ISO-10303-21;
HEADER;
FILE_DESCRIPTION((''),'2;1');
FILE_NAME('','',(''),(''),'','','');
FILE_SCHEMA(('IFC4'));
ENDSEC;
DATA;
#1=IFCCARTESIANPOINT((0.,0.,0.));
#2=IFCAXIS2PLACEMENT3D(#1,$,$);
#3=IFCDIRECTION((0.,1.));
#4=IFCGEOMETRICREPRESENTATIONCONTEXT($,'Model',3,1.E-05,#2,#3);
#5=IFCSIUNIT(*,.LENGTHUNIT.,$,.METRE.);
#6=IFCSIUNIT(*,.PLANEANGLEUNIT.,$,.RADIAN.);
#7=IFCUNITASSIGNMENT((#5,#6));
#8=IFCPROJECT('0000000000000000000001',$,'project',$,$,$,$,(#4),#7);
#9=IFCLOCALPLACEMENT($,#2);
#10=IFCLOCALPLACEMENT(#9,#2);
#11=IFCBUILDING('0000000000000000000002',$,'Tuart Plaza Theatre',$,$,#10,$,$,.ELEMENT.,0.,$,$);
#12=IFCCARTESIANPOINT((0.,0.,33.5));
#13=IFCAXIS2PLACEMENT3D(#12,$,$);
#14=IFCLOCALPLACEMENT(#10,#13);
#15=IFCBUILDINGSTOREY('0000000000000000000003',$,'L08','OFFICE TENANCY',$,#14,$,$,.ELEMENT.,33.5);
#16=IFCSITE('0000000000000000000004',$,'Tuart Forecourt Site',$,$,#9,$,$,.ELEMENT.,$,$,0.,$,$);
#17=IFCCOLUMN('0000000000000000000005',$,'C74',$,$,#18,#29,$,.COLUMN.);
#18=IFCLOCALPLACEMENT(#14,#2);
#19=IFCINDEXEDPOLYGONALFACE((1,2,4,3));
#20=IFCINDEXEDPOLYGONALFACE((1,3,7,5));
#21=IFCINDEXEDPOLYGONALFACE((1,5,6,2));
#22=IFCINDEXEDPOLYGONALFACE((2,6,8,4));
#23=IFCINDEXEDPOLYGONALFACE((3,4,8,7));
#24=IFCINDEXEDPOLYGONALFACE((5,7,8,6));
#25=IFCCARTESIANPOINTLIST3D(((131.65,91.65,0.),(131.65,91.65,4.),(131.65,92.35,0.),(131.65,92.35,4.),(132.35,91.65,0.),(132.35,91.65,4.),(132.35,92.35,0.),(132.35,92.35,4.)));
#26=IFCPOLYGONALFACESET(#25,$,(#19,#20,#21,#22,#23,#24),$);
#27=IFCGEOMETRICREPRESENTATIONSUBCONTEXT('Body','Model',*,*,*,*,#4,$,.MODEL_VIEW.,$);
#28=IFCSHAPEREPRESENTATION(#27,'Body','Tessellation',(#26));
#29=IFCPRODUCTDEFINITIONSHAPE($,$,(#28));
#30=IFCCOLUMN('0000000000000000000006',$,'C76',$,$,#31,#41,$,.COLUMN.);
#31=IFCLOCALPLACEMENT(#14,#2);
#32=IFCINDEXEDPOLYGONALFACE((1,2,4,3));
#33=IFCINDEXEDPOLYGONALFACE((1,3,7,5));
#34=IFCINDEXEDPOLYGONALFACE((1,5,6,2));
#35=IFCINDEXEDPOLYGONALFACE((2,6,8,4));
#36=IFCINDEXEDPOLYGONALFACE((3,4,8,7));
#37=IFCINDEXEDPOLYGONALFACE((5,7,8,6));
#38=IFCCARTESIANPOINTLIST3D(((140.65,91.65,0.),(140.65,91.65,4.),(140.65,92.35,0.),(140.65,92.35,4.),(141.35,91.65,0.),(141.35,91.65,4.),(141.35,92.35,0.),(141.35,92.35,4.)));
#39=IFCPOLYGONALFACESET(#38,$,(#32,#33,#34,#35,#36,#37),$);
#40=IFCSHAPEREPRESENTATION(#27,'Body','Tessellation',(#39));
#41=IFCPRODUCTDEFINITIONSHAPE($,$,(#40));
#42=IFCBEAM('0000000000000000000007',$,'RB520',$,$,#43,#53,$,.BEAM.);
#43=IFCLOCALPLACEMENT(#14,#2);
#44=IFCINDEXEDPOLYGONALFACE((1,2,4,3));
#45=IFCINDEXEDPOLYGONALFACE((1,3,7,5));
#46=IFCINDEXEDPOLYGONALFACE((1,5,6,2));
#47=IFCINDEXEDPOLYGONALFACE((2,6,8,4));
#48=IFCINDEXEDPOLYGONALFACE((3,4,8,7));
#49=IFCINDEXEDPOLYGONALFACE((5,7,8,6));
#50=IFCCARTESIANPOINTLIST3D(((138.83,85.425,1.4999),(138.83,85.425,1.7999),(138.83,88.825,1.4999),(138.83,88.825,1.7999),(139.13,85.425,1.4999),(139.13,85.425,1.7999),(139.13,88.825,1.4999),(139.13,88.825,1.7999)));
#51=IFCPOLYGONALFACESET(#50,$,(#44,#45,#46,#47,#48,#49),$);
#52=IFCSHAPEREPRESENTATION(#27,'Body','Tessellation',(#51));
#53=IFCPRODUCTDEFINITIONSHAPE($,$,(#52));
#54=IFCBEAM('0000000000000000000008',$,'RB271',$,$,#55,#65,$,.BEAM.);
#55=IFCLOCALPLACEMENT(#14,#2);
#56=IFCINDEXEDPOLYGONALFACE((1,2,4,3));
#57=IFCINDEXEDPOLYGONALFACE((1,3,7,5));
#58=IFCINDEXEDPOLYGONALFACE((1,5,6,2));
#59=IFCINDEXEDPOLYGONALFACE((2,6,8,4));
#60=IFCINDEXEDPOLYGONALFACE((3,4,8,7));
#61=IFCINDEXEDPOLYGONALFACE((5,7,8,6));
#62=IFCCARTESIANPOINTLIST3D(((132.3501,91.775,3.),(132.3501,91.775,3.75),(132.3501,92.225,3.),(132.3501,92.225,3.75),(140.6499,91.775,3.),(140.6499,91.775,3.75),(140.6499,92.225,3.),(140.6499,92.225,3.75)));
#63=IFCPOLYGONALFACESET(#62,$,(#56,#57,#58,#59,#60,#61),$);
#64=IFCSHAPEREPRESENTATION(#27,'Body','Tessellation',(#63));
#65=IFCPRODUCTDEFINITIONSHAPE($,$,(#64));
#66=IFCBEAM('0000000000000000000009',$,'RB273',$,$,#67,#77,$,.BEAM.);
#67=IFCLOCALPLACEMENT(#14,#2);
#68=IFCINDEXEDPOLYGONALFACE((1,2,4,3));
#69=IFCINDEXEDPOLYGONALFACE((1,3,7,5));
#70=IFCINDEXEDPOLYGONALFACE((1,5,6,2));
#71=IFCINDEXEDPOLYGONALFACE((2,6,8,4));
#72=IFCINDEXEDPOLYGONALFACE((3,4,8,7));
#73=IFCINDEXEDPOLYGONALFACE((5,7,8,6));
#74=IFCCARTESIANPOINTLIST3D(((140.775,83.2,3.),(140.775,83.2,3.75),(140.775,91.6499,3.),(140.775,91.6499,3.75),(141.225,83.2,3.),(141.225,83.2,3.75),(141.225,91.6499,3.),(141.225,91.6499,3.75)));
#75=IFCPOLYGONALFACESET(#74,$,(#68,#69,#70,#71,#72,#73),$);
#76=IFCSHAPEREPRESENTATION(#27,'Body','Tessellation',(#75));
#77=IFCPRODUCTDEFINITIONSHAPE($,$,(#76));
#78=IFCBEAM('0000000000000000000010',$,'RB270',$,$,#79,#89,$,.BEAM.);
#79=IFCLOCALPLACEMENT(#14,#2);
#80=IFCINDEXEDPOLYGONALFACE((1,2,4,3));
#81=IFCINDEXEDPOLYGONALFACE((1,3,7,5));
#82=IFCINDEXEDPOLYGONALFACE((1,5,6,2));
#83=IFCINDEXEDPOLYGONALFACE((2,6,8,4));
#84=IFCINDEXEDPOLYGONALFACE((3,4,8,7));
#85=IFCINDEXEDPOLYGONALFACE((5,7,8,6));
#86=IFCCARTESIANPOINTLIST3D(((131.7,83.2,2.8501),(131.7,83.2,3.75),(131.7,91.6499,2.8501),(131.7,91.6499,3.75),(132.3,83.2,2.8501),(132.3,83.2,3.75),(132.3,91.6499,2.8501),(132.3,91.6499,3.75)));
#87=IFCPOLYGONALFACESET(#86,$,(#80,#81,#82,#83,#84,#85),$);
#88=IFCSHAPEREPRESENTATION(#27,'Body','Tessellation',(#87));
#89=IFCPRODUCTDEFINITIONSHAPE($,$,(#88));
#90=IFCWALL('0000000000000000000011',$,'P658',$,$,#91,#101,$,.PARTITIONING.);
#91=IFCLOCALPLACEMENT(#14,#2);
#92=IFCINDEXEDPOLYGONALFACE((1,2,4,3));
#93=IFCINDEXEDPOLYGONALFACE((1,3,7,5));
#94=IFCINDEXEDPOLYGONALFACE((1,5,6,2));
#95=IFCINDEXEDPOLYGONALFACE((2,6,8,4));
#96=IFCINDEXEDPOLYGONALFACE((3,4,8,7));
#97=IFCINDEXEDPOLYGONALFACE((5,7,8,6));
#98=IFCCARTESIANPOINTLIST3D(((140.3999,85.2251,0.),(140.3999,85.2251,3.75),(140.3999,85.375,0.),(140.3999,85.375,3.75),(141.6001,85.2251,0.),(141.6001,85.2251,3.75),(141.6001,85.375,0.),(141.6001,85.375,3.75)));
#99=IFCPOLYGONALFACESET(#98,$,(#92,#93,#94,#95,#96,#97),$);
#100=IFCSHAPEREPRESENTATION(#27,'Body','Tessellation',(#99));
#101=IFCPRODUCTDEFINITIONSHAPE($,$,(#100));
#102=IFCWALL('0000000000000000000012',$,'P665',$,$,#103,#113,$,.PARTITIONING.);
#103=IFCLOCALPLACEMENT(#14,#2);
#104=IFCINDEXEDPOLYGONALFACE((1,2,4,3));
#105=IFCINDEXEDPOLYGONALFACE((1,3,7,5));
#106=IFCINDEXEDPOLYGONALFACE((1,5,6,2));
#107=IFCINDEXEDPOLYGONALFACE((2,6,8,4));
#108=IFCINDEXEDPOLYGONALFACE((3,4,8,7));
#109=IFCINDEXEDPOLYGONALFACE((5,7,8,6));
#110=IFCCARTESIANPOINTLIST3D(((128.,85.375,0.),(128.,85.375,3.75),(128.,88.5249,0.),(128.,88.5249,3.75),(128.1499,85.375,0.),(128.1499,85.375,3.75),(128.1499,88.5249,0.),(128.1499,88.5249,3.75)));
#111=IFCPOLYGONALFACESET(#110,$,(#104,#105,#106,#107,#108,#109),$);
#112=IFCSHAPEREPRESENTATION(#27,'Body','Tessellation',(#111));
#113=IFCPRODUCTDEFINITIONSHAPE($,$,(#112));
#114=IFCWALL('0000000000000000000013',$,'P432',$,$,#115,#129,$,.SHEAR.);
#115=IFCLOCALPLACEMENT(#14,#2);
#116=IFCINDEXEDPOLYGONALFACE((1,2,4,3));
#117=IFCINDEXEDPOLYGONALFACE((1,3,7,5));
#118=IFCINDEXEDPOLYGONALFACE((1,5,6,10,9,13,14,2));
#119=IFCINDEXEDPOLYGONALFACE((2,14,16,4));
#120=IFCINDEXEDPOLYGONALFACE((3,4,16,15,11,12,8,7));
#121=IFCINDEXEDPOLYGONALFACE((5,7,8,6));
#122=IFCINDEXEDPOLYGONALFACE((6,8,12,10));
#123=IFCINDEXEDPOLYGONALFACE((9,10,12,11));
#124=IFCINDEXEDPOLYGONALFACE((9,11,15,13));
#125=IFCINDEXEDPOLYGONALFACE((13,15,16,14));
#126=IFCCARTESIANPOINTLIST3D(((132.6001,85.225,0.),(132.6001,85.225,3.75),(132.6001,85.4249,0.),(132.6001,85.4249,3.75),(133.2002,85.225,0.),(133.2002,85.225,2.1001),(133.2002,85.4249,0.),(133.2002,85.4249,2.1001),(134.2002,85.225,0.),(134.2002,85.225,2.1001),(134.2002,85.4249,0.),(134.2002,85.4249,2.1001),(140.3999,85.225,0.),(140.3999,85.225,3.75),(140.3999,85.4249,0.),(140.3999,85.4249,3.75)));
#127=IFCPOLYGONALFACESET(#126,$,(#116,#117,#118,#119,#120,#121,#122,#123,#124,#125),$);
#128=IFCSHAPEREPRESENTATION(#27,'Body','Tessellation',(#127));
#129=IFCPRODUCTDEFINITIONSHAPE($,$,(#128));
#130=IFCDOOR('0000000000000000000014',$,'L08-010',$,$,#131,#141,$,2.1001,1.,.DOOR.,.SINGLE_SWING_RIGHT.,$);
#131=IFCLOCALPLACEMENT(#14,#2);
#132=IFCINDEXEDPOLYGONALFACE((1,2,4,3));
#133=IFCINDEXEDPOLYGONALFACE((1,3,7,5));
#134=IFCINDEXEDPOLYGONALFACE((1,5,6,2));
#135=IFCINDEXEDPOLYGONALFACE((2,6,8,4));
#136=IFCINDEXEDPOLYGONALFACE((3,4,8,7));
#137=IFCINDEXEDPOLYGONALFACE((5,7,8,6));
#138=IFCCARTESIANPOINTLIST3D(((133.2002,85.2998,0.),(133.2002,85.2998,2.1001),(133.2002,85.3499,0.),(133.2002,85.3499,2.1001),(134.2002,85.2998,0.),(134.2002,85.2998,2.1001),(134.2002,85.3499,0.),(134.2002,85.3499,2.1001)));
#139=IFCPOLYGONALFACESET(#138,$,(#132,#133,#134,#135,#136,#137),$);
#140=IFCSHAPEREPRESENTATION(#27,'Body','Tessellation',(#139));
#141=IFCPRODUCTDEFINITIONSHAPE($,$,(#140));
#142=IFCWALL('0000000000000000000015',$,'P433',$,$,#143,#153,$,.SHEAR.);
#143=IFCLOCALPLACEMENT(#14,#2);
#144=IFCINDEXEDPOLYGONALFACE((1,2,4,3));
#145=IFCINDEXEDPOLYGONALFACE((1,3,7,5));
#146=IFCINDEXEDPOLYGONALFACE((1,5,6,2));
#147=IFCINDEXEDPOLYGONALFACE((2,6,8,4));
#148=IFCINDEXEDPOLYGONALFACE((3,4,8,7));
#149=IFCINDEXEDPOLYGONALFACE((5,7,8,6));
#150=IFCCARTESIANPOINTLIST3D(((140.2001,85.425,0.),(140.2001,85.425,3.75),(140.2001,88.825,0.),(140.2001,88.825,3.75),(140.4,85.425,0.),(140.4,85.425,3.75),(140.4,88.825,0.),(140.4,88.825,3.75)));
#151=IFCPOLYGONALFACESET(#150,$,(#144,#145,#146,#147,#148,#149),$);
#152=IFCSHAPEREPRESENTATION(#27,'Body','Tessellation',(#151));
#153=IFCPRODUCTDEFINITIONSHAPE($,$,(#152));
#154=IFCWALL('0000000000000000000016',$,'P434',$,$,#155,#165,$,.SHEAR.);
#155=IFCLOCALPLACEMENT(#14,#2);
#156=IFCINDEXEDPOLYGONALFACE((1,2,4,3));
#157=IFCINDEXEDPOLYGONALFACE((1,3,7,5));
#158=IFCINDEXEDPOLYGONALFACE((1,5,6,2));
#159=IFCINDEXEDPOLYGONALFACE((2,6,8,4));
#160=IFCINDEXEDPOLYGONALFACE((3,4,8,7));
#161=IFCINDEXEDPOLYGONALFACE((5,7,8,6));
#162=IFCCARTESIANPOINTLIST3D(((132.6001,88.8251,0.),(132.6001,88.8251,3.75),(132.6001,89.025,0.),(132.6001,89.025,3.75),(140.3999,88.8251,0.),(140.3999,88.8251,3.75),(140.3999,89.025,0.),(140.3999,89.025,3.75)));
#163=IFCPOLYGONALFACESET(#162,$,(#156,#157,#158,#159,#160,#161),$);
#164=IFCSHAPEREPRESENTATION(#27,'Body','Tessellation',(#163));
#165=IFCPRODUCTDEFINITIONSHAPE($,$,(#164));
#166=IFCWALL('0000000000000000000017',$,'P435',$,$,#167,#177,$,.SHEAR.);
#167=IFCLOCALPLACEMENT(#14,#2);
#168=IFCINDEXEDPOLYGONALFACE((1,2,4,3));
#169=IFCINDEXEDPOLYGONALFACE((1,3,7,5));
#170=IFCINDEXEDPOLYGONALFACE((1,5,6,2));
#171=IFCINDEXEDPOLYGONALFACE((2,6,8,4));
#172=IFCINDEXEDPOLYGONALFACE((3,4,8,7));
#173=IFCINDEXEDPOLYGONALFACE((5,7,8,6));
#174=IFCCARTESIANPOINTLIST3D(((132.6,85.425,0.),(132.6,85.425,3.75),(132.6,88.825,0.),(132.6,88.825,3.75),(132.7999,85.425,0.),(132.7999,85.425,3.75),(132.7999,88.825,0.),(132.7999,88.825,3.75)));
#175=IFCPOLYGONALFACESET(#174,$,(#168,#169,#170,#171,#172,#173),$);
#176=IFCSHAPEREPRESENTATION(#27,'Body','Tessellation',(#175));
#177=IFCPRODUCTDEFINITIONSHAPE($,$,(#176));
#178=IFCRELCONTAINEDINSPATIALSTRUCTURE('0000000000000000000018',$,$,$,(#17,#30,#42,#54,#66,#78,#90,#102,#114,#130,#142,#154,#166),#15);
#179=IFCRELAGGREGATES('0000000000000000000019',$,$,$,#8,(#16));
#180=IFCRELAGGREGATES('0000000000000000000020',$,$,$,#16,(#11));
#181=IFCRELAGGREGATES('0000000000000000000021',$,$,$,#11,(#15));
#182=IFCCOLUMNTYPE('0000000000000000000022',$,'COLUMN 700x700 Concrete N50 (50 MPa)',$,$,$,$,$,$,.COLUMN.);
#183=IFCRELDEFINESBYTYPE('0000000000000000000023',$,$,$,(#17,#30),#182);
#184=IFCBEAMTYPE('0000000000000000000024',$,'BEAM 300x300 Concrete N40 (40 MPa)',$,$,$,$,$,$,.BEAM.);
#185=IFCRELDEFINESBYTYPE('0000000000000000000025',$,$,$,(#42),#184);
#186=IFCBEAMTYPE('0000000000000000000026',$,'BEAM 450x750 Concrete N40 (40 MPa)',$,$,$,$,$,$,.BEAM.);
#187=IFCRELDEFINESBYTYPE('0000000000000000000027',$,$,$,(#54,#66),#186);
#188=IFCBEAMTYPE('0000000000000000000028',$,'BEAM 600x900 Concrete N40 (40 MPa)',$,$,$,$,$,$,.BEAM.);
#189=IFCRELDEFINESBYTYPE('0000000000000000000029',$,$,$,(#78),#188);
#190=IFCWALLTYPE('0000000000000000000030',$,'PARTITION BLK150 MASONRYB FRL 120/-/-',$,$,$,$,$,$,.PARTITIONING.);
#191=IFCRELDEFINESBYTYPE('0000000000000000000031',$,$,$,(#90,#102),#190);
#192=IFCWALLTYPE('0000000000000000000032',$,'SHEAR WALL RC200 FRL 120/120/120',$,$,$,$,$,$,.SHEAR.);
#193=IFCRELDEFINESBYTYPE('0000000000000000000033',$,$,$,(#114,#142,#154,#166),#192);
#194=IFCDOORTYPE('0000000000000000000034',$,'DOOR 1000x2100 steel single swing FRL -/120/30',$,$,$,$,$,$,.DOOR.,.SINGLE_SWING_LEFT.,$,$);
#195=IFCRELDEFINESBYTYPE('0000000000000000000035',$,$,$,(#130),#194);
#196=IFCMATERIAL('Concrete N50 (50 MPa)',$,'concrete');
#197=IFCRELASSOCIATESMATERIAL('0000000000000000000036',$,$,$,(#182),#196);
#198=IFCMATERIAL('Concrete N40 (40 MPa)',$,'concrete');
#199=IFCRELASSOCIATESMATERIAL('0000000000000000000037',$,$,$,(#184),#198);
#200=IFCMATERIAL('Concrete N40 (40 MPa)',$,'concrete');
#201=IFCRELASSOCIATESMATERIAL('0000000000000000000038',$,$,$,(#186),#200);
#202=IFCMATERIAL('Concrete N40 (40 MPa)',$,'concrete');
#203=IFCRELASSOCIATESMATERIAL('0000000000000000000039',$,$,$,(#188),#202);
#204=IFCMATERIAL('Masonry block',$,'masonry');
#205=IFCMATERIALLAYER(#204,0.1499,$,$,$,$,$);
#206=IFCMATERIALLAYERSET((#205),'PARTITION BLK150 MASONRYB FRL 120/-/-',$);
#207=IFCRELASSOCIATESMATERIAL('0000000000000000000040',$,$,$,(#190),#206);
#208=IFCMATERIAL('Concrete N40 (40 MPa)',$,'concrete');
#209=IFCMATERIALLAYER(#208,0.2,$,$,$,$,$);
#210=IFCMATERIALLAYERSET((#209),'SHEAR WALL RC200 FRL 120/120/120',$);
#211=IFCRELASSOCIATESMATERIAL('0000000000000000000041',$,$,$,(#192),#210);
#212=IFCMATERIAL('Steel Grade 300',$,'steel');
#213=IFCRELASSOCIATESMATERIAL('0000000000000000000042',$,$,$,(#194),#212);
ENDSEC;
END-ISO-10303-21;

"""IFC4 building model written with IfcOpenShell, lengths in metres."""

from ifc_helpers import new_model, si_unit, direction, frame, frame_2d, origin, origin_2d, place, context, subcontext, project, spatial, rectangle, extrude, material, layer, layer_set, material_profile, profile_set, type_object, element, fill, save


model = new_model("IFC4")

# Units and contexts
model_context = context("Model", 3, precision=1e-05, world=origin(), true_north=direction((0.0, 1.0)))
body_context = subcontext(model_context, "Body", "Model", "MODEL_VIEW")
ifc_project = project(units=[si_unit("LENGTHUNIT", "METRE"), si_unit("PLANEANGLEUNIT", "RADIAN")], contexts=[model_context])

# Site, building, storey
site_placement = place(None, origin())
site = spatial("IfcSite", under=ifc_project, at=site_placement, Name="Tuart Forecourt Site", CompositionType="ELEMENT", RefElevation=0.0)
building_placement = place(site_placement, origin())
building = spatial("IfcBuilding", under=site, at=building_placement, Name="Tuart Plaza Theatre", CompositionType="ELEMENT", ElevationOfRefHeight=0.0)
storey_placement = place(building_placement, frame((0.0, 0.0, 33.5)))
storey = spatial("IfcBuildingStorey", under=building, at=storey_placement, Name="L08", Description="OFFICE TENANCY", CompositionType="ELEMENT", Elevation=33.5)

# Columns
ifc_material_1 = material(Name="Concrete N50 (50 MPa)", Category="concrete")
ifc_material_profile_1 = material_profile(ifc_material_1, rectangle(XDim=0.7, YDim=0.7, at=origin_2d()), Name="COLUMN 700x700 Concrete N50 (50 MPa)")
ifc_profile_set_1 = profile_set([ifc_material_profile_1], Name="Concrete N50 (50 MPa)")
column_type = type_object("IfcColumnType", Name="COLUMN 700x700 Concrete N50 (50 MPa)", PredefinedType="COLUMN", material=ifc_profile_set_1)
for number, where, z_axis, x_axis, name in (
    (1, (132.0, 92.0, 0.0), (0.0, 0.0, 1.0), (1.0, 0.0, 0.0), "C74"),
    (2, (141.0, 92.0, 0.0), (0.0, 0.0, 1.0), (1.0, 0.0, 0.0), "C76"),
):
    element("IfcColumn", number, at=place(storey_placement, frame(where, z_axis=z_axis, x_axis=x_axis)), inside=storey, type_object=column_type, Name=name, PredefinedType="COLUMN", context=body_context, shape_type="SweptSolid", body=[
        extrude(rectangle(XDim=0.7, YDim=0.7, at=origin_2d()), origin(), (0.0, 0.0, 1.0), 4.0),
    ])

# Beams
ifc_material_2 = material(Name="Concrete N40 (40 MPa)", Category="concrete")
ifc_material_profile_2 = material_profile(ifc_material_2, rectangle(XDim=0.3, YDim=0.3, at=origin_2d()), Name="BEAM 300x300 Concrete N40 (40 MPa)")
ifc_profile_set_2 = profile_set([ifc_material_profile_2], Name="Concrete N40 (40 MPa)")
beam_type_1 = type_object("IfcBeamType", Name="BEAM 300x300 Concrete N40 (40 MPa)", PredefinedType="BEAM", material=ifc_profile_set_2)
beam_1_placement = place(storey_placement, frame((138.98, 85.425, 1.6499), z_axis=(0.0, 1.0, 0.0), x_axis=(-1.0, 0.0, 0.0)))
element("IfcBeam", 3, at=beam_1_placement, inside=storey, type_object=beam_type_1, Name="RB520", PredefinedType="BEAM", context=body_context, shape_type="SweptSolid", body=[
    extrude(rectangle(XDim=0.3, YDim=0.3, at=origin_2d()), origin(), (0.0, 0.0, 1.0), 3.3999),
])
ifc_material_3 = material(Name="Concrete N40 (40 MPa)", Category="concrete")
ifc_material_profile_3 = material_profile(ifc_material_3, rectangle(XDim=0.45, YDim=0.75, at=origin_2d()), Name="BEAM 450x750 Concrete N40 (40 MPa)")
ifc_profile_set_3 = profile_set([ifc_material_profile_3], Name="Concrete N40 (40 MPa)")
beam_type_2 = type_object("IfcBeamType", Name="BEAM 450x750 Concrete N40 (40 MPa)", PredefinedType="BEAM", material=ifc_profile_set_3)
beam_2_placement = place(storey_placement, frame((132.3501, 92.0, 3.375), z_axis=(1.0, 0.0, 0.0), x_axis=(0.0, 1.0, 0.0)))
element("IfcBeam", 4, at=beam_2_placement, inside=storey, type_object=beam_type_2, Name="RB271", PredefinedType="BEAM", context=body_context, shape_type="SweptSolid", body=[
    extrude(rectangle(XDim=0.45, YDim=0.75, at=origin_2d()), origin(), (0.0, 0.0, 1.0), 8.2998),
])
beam_3_placement = place(storey_placement, frame((141.0, 83.2, 3.375), z_axis=(0.0, 1.0, 0.0), x_axis=(-1.0, 0.0, 0.0)))
element("IfcBeam", 5, at=beam_3_placement, inside=storey, type_object=beam_type_2, Name="RB273", PredefinedType="BEAM", context=body_context, shape_type="SweptSolid", body=[
    extrude(rectangle(XDim=0.45, YDim=0.75, at=origin_2d()), origin(), (0.0, 0.0, 1.0), 8.45),
])
ifc_material_4 = material(Name="Concrete N40 (40 MPa)", Category="concrete")
ifc_material_profile_4 = material_profile(ifc_material_4, rectangle(XDim=0.6001, YDim=0.8999, at=origin_2d()), Name="BEAM 600x900 Concrete N40 (40 MPa)")
ifc_profile_set_4 = profile_set([ifc_material_profile_4], Name="Concrete N40 (40 MPa)")
beam_type_3 = type_object("IfcBeamType", Name="BEAM 600x900 Concrete N40 (40 MPa)", PredefinedType="BEAM", material=ifc_profile_set_4)
beam_4_placement = place(storey_placement, frame((132.0, 83.2, 3.3), z_axis=(0.0, 1.0, 0.0), x_axis=(-1.0, 0.0, 0.0)))
element("IfcBeam", 6, at=beam_4_placement, inside=storey, type_object=beam_type_3, Name="RB270", PredefinedType="BEAM", context=body_context, shape_type="SweptSolid", body=[
    extrude(rectangle(XDim=0.6001, YDim=0.8999, at=origin_2d()), origin(), (0.0, 0.0, 1.0), 8.45),
])

# Walls
ifc_material_5 = material(Name="Masonry block", Category="masonry")
ifc_layer_1 = layer(ifc_material_5, 0.1499)
ifc_layer_set_1 = layer_set([ifc_layer_1], Name="PARTITION BLK150 MASONRYB FRL 120/-/-")
wall_type_1 = type_object("IfcWallType", Name="PARTITION BLK150 MASONRYB FRL 120/-/-", PredefinedType="PARTITIONING", material=ifc_layer_set_1)
wall_1_placement = place(storey_placement, frame((140.3999, 85.3, 0.0), z_axis=(0.0, 0.0, 1.0), x_axis=(1.0, 0.0, 0.0)))
element("IfcWall", 7, at=wall_1_placement, inside=storey, type_object=wall_type_1, Name="P658", PredefinedType="PARTITIONING", context=body_context, shape_type="SweptSolid", body=[
    extrude(rectangle(XDim=1.2002, YDim=0.1499, at=frame_2d((0.6001, 0.0))), origin(), (0.0, 0.0, 1.0), 3.75),
])
wall_2_placement = place(storey_placement, frame((128.075, 85.375, 0.0), z_axis=(0.0, 0.0, 1.0), x_axis=(0.0, 1.0, 0.0)))
element("IfcWall", 8, at=wall_2_placement, inside=storey, type_object=wall_type_1, Name="P665", PredefinedType="PARTITIONING", context=body_context, shape_type="SweptSolid", body=[
    extrude(rectangle(XDim=3.1499, YDim=0.1499, at=frame_2d((1.575, 0.0))), origin(), (0.0, 0.0, 1.0), 3.75),
])

# Wall, opening, door
ifc_material_6 = material(Name="Concrete N40 (40 MPa)", Category="concrete")
ifc_layer_2 = layer(ifc_material_6, 0.2)
ifc_layer_set_2 = layer_set([ifc_layer_2], Name="SHEAR WALL RC200 FRL 120/120/120")
wall_type_2 = type_object("IfcWallType", Name="SHEAR WALL RC200 FRL 120/120/120", PredefinedType="SHEAR", material=ifc_layer_set_2)
wall_3_placement = place(storey_placement, frame((132.6001, 85.325, 0.0), z_axis=(0.0, 0.0, 1.0), x_axis=(1.0, 0.0, 0.0)))
wall_3 = element("IfcWall", 9, at=wall_3_placement, inside=storey, type_object=wall_type_2, Name="P432", PredefinedType="SHEAR", context=body_context, shape_type="SweptSolid", body=[
    extrude(rectangle(XDim=7.7998, YDim=0.2, at=frame_2d((3.8999, 0.0))), origin(), (0.0, 0.0, 1.0), 3.75),
])
opening_placement = place(wall_3_placement, frame((0.6001, 0.0, 0.0)))
opening = element("IfcOpeningElement", 10, at=opening_placement, cuts=wall_3, PredefinedType="OPENING", context=body_context, shape_type="SweptSolid", body=[
    extrude(rectangle(XDim=1.0, YDim=2.1001, at=frame_2d((0.5, 1.05))), frame((0.0, 0.1099, 0.0), z_axis=(0.0, -1.0, 0.0), x_axis=(1.0, 0.0, 0.0)), (0.0, 0.0, 1.0), 0.22),
])
ifc_material_7 = material(Name="Steel Grade 300", Category="steel")
door_type = type_object("IfcDoorType", Name="DOOR 1000x2100 steel single swing FRL -/120/30", OperationType="SINGLE_SWING_LEFT", PredefinedType="DOOR", material=ifc_material_7)
door_placement = place(opening_placement, origin())
door = element("IfcDoor", 11, at=door_placement, inside=storey, type_object=door_type, Name="L08-010", OperationType="SINGLE_SWING_RIGHT", OverallHeight=2.1001, OverallWidth=1.0, PredefinedType="DOOR", context=body_context, shape_type="SweptSolid", body=[
    extrude(rectangle(XDim=1.0, YDim=2.1001, at=frame_2d((0.5, 1.05))), frame((0.0, 0.0249, 0.0), z_axis=(0.0, -1.0, 0.0), x_axis=(1.0, 0.0, 0.0)), (0.0, 0.0, 1.0), 0.05),
])
fill(opening, door)

# Walls
wall_4_placement = place(storey_placement, frame((140.3, 85.425, 0.0), z_axis=(0.0, 0.0, 1.0), x_axis=(0.0, 1.0, 0.0)))
element("IfcWall", 12, at=wall_4_placement, inside=storey, type_object=wall_type_2, Name="P433", PredefinedType="SHEAR", context=body_context, shape_type="SweptSolid", body=[
    extrude(rectangle(XDim=3.3999, YDim=0.2, at=frame_2d((1.7, 0.0))), origin(), (0.0, 0.0, 1.0), 3.75),
])
wall_5_placement = place(storey_placement, frame((140.3999, 88.925, 0.0), z_axis=(0.0, 0.0, 1.0), x_axis=(-1.0, 0.0, 0.0)))
element("IfcWall", 13, at=wall_5_placement, inside=storey, type_object=wall_type_2, Name="P434", PredefinedType="SHEAR", context=body_context, shape_type="SweptSolid", body=[
    extrude(rectangle(XDim=7.7998, YDim=0.2, at=frame_2d((3.8999, 0.0))), origin(), (0.0, 0.0, 1.0), 3.75),
])
wall_6_placement = place(storey_placement, frame((132.7, 88.825, 0.0), z_axis=(0.0, 0.0, 1.0), x_axis=(0.0, -1.0, 0.0)))
element("IfcWall", 14, at=wall_6_placement, inside=storey, type_object=wall_type_2, Name="P435", PredefinedType="SHEAR", context=body_context, shape_type="SweptSolid", body=[
    extrude(rectangle(XDim=3.3999, YDim=0.2, at=frame_2d((1.7, 0.0))), origin(), (0.0, 0.0, 1.0), 3.75),
])

save(model, "model.ifc")
